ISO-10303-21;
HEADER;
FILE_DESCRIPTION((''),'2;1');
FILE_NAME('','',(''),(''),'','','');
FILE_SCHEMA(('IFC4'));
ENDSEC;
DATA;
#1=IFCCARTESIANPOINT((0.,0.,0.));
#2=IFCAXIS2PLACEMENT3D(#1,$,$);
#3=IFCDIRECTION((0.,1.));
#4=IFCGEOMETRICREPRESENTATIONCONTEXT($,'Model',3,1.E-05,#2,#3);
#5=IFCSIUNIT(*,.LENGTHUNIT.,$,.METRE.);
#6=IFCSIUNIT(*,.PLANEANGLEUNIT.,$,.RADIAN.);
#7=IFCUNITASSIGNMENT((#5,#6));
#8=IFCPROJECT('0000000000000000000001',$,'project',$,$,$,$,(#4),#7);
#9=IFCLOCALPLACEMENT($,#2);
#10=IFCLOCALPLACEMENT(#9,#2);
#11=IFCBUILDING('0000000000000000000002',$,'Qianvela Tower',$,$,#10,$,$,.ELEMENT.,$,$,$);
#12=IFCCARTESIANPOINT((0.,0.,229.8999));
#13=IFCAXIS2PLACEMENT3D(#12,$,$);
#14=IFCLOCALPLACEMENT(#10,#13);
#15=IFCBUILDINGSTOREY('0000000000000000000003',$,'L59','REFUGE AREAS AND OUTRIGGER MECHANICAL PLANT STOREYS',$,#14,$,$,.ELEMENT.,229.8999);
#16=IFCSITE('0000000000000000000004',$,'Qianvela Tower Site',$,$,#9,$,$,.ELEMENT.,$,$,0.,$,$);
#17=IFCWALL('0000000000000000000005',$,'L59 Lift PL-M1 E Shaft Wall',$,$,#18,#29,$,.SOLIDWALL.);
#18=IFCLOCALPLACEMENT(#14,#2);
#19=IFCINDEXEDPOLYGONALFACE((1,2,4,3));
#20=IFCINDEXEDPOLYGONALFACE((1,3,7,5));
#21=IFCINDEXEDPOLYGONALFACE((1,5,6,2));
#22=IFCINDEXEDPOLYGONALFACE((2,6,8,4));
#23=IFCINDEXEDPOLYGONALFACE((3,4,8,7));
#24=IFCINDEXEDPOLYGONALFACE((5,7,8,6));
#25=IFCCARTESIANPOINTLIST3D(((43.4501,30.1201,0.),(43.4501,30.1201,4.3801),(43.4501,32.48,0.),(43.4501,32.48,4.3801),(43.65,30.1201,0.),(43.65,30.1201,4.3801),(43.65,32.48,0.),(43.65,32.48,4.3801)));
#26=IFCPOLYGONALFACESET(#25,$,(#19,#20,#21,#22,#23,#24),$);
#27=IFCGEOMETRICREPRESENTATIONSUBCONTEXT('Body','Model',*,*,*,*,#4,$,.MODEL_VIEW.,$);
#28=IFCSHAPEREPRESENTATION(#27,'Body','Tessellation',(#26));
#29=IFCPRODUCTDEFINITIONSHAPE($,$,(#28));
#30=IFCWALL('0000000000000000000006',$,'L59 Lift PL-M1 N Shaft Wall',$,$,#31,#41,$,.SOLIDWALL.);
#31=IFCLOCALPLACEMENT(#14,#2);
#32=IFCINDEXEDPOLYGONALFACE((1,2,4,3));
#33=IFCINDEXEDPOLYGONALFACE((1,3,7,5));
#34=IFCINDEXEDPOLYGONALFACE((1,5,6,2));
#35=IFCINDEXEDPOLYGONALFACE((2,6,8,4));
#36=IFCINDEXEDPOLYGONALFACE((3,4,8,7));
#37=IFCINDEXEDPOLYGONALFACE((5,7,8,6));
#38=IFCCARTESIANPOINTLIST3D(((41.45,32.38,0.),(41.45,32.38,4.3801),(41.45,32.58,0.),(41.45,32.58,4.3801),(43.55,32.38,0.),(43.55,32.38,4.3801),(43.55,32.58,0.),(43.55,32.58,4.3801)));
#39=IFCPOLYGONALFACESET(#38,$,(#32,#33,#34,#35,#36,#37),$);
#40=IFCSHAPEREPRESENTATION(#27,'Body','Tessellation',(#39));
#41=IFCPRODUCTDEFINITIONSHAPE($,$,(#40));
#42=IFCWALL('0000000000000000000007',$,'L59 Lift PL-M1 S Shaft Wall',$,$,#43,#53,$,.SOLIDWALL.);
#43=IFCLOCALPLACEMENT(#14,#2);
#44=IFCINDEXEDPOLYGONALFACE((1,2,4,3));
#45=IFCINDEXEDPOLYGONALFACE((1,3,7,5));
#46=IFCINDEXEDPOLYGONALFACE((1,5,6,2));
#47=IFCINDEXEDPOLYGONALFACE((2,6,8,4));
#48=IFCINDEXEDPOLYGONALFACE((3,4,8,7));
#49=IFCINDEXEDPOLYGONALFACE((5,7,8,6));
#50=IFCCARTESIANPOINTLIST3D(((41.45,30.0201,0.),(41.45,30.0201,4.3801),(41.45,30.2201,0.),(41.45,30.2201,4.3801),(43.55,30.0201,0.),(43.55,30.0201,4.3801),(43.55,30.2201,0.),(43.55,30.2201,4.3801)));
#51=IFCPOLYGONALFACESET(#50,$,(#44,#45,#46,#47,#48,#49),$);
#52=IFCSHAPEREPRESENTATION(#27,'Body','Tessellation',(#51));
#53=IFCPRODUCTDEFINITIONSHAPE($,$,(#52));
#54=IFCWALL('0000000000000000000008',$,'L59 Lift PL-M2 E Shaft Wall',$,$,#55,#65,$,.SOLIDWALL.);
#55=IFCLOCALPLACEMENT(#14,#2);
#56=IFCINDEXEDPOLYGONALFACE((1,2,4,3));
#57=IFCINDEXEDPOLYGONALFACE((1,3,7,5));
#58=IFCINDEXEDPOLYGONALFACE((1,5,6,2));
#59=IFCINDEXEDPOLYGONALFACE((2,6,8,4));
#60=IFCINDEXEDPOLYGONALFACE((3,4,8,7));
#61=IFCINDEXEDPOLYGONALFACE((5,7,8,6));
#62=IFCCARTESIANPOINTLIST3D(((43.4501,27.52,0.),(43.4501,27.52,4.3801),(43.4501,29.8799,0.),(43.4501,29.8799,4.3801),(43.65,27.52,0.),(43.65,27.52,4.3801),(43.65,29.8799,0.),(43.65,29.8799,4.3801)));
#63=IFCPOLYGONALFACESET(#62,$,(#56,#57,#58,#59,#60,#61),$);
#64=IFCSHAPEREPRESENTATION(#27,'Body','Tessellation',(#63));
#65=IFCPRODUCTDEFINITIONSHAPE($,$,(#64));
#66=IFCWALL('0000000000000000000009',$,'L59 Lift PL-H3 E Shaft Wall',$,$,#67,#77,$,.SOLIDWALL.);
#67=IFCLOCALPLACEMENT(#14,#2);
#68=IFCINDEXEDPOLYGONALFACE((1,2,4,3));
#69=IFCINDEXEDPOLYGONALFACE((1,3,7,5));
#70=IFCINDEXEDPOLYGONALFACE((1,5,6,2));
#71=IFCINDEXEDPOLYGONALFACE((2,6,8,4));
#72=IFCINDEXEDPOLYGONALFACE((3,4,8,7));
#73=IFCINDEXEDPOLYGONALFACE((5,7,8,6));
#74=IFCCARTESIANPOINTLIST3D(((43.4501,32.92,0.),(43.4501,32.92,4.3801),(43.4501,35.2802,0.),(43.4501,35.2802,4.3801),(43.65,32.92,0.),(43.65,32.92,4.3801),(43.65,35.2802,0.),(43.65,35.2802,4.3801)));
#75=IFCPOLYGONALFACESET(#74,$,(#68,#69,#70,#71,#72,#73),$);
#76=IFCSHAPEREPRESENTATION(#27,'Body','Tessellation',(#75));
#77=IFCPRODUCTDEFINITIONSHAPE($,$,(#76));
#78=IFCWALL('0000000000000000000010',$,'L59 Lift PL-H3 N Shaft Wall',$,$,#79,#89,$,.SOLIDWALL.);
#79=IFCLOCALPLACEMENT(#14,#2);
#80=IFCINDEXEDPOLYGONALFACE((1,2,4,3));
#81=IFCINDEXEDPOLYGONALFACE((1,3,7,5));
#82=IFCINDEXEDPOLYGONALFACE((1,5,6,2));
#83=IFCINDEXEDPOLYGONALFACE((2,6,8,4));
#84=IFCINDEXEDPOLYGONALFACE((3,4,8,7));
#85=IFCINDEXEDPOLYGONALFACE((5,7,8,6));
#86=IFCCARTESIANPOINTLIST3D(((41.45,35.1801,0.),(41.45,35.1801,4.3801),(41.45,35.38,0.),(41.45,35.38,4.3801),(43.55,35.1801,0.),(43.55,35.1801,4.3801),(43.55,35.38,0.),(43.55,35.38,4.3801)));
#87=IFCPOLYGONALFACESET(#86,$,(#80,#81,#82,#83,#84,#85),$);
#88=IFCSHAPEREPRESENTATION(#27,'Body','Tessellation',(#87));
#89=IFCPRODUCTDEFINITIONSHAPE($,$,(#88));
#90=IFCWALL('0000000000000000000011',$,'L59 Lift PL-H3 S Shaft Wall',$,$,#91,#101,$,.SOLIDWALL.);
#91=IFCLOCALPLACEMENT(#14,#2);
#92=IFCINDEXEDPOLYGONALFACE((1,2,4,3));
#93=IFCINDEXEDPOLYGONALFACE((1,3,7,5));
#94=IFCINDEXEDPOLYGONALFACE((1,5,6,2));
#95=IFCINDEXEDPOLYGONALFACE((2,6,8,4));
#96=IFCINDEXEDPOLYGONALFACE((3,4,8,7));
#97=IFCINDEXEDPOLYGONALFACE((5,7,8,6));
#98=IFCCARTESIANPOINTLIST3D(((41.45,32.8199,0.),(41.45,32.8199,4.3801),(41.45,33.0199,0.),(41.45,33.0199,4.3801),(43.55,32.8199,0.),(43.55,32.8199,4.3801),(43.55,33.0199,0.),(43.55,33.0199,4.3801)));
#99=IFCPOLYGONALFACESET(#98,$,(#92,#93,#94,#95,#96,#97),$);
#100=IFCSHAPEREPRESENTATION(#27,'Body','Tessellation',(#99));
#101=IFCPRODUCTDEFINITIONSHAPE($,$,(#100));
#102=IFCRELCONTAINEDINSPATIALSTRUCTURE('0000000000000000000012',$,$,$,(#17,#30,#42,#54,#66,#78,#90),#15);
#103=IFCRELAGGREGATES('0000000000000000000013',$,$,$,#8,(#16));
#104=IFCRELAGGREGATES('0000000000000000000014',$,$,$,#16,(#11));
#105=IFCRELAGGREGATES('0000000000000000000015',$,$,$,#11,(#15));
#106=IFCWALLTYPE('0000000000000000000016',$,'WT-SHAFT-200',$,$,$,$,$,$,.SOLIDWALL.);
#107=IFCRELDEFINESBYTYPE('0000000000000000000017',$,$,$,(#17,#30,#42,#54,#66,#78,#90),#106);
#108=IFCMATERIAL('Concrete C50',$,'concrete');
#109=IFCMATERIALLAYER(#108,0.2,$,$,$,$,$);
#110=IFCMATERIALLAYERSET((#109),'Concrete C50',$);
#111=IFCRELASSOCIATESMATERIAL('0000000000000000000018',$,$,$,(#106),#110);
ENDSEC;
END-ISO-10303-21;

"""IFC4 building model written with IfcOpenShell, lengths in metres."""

from ifc_helpers import new_model, si_unit, direction, frame, frame_2d, origin, place, context, subcontext, project, spatial, rectangle, extrude, material, layer, layer_set, type_object, element, save


model = new_model("IFC4")

# Units and contexts
model_context = context("Model", 3, precision=1e-05, world=origin(), true_north=direction((0.0, 1.0)))
body_context = subcontext(model_context, "Body", "Model", "MODEL_VIEW")
ifc_project = project(units=[si_unit("LENGTHUNIT", "METRE"), si_unit("PLANEANGLEUNIT", "RADIAN")], contexts=[model_context])

# Site, building, storey
site_placement = place(None, origin())
site = spatial("IfcSite", under=ifc_project, at=site_placement, Name="Qianvela Tower Site", CompositionType="ELEMENT", RefElevation=0.0)
building_placement = place(site_placement, origin())
building = spatial("IfcBuilding", under=site, at=building_placement, Name="Qianvela Tower", CompositionType="ELEMENT")
storey_placement = place(building_placement, frame((0.0, 0.0, 229.8999)))
storey = spatial("IfcBuildingStorey", under=building, at=storey_placement, Name="L59", Description="REFUGE AREAS AND OUTRIGGER MECHANICAL PLANT STOREYS", CompositionType="ELEMENT", Elevation=229.8999)

# Wall
ifc_material_1 = material(Name="Concrete C50", Category="concrete")
ifc_layer_1 = layer(ifc_material_1, 0.2)
ifc_layer_set_1 = layer_set([ifc_layer_1], Name="Concrete C50")
wall_type_1 = type_object("IfcWallType", Name="WT-SHAFT-200", PredefinedType="SOLIDWALL", material=ifc_layer_set_1)
wall_1_placement = place(storey_placement, frame((43.55, 30.1201, 0.0), z_axis=(0.0, 0.0, 1.0), x_axis=(0.0, 1.0, 0.0)))
element("IfcWall", 1, at=wall_1_placement, inside=storey, type_object=wall_type_1, Name="L59 Lift PL-M1 E Shaft Wall", PredefinedType="SOLIDWALL", context=body_context, shape_type="SweptSolid", body=[
    extrude(rectangle(XDim=2.3599, YDim=0.2, at=frame_2d((1.1799, 0.0))), origin(), (0.0, 0.0, 1.0), 4.3801),
])

# Walls
for number, where, z_axis, x_axis, name in (
    (2, (41.45, 32.48, 0.0), (0.0, 0.0, 1.0), (1.0, 0.0, 0.0), "L59 Lift PL-M1 N Shaft Wall"),
    (3, (41.45, 30.1201, 0.0), (0.0, 0.0, 1.0), (1.0, 0.0, 0.0), "L59 Lift PL-M1 S Shaft Wall"),
):
    element("IfcWall", number, at=place(storey_placement, frame(where, z_axis=z_axis, x_axis=x_axis)), inside=storey, type_object=wall_type_1, Name=name, PredefinedType="SOLIDWALL", context=body_context, shape_type="SweptSolid", body=[
        extrude(rectangle(XDim=2.1001, YDim=0.2, at=frame_2d((1.05, 0.0))), origin(), (0.0, 0.0, 1.0), 4.3801),
    ])
wall_2_placement = place(storey_placement, frame((43.55, 27.52, 0.0), z_axis=(0.0, 0.0, 1.0), x_axis=(0.0, 1.0, 0.0)))
element("IfcWall", 4, at=wall_2_placement, inside=storey, type_object=wall_type_1, Name="L59 Lift PL-M2 E Shaft Wall", PredefinedType="SOLIDWALL", context=body_context, shape_type="SweptSolid", body=[
    extrude(rectangle(XDim=2.3599, YDim=0.2, at=frame_2d((1.1799, 0.0))), origin(), (0.0, 0.0, 1.0), 4.3801),
])
wall_3_placement = place(storey_placement, frame((43.55, 32.9199, 0.0), z_axis=(0.0, 0.0, 1.0), x_axis=(0.0, 1.0, 0.0)))
element("IfcWall", 5, at=wall_3_placement, inside=storey, type_object=wall_type_1, Name="L59 Lift PL-H3 E Shaft Wall", PredefinedType="SOLIDWALL", context=body_context, shape_type="SweptSolid", body=[
    extrude(rectangle(XDim=2.3601, YDim=0.2, at=frame_2d((1.1802, 0.0))), origin(), (0.0, 0.0, 1.0), 4.3801),
])

# Walls
for number, where, z_axis, x_axis, name in (
    (6, (41.45, 35.28, 0.0), (0.0, 0.0, 1.0), (1.0, 0.0, 0.0), "L59 Lift PL-H3 N Shaft Wall"),
    (7, (41.45, 32.9199, 0.0), (0.0, 0.0, 1.0), (1.0, 0.0, 0.0), "L59 Lift PL-H3 S Shaft Wall"),
):
    element("IfcWall", number, at=place(storey_placement, frame(where, z_axis=z_axis, x_axis=x_axis)), inside=storey, type_object=wall_type_1, Name=name, PredefinedType="SOLIDWALL", context=body_context, shape_type="SweptSolid", body=[
        extrude(rectangle(XDim=2.1001, YDim=0.2, at=frame_2d((1.05, 0.0))), origin(), (0.0, 0.0, 1.0), 4.3801),
    ])

save(model, "model.ifc")
